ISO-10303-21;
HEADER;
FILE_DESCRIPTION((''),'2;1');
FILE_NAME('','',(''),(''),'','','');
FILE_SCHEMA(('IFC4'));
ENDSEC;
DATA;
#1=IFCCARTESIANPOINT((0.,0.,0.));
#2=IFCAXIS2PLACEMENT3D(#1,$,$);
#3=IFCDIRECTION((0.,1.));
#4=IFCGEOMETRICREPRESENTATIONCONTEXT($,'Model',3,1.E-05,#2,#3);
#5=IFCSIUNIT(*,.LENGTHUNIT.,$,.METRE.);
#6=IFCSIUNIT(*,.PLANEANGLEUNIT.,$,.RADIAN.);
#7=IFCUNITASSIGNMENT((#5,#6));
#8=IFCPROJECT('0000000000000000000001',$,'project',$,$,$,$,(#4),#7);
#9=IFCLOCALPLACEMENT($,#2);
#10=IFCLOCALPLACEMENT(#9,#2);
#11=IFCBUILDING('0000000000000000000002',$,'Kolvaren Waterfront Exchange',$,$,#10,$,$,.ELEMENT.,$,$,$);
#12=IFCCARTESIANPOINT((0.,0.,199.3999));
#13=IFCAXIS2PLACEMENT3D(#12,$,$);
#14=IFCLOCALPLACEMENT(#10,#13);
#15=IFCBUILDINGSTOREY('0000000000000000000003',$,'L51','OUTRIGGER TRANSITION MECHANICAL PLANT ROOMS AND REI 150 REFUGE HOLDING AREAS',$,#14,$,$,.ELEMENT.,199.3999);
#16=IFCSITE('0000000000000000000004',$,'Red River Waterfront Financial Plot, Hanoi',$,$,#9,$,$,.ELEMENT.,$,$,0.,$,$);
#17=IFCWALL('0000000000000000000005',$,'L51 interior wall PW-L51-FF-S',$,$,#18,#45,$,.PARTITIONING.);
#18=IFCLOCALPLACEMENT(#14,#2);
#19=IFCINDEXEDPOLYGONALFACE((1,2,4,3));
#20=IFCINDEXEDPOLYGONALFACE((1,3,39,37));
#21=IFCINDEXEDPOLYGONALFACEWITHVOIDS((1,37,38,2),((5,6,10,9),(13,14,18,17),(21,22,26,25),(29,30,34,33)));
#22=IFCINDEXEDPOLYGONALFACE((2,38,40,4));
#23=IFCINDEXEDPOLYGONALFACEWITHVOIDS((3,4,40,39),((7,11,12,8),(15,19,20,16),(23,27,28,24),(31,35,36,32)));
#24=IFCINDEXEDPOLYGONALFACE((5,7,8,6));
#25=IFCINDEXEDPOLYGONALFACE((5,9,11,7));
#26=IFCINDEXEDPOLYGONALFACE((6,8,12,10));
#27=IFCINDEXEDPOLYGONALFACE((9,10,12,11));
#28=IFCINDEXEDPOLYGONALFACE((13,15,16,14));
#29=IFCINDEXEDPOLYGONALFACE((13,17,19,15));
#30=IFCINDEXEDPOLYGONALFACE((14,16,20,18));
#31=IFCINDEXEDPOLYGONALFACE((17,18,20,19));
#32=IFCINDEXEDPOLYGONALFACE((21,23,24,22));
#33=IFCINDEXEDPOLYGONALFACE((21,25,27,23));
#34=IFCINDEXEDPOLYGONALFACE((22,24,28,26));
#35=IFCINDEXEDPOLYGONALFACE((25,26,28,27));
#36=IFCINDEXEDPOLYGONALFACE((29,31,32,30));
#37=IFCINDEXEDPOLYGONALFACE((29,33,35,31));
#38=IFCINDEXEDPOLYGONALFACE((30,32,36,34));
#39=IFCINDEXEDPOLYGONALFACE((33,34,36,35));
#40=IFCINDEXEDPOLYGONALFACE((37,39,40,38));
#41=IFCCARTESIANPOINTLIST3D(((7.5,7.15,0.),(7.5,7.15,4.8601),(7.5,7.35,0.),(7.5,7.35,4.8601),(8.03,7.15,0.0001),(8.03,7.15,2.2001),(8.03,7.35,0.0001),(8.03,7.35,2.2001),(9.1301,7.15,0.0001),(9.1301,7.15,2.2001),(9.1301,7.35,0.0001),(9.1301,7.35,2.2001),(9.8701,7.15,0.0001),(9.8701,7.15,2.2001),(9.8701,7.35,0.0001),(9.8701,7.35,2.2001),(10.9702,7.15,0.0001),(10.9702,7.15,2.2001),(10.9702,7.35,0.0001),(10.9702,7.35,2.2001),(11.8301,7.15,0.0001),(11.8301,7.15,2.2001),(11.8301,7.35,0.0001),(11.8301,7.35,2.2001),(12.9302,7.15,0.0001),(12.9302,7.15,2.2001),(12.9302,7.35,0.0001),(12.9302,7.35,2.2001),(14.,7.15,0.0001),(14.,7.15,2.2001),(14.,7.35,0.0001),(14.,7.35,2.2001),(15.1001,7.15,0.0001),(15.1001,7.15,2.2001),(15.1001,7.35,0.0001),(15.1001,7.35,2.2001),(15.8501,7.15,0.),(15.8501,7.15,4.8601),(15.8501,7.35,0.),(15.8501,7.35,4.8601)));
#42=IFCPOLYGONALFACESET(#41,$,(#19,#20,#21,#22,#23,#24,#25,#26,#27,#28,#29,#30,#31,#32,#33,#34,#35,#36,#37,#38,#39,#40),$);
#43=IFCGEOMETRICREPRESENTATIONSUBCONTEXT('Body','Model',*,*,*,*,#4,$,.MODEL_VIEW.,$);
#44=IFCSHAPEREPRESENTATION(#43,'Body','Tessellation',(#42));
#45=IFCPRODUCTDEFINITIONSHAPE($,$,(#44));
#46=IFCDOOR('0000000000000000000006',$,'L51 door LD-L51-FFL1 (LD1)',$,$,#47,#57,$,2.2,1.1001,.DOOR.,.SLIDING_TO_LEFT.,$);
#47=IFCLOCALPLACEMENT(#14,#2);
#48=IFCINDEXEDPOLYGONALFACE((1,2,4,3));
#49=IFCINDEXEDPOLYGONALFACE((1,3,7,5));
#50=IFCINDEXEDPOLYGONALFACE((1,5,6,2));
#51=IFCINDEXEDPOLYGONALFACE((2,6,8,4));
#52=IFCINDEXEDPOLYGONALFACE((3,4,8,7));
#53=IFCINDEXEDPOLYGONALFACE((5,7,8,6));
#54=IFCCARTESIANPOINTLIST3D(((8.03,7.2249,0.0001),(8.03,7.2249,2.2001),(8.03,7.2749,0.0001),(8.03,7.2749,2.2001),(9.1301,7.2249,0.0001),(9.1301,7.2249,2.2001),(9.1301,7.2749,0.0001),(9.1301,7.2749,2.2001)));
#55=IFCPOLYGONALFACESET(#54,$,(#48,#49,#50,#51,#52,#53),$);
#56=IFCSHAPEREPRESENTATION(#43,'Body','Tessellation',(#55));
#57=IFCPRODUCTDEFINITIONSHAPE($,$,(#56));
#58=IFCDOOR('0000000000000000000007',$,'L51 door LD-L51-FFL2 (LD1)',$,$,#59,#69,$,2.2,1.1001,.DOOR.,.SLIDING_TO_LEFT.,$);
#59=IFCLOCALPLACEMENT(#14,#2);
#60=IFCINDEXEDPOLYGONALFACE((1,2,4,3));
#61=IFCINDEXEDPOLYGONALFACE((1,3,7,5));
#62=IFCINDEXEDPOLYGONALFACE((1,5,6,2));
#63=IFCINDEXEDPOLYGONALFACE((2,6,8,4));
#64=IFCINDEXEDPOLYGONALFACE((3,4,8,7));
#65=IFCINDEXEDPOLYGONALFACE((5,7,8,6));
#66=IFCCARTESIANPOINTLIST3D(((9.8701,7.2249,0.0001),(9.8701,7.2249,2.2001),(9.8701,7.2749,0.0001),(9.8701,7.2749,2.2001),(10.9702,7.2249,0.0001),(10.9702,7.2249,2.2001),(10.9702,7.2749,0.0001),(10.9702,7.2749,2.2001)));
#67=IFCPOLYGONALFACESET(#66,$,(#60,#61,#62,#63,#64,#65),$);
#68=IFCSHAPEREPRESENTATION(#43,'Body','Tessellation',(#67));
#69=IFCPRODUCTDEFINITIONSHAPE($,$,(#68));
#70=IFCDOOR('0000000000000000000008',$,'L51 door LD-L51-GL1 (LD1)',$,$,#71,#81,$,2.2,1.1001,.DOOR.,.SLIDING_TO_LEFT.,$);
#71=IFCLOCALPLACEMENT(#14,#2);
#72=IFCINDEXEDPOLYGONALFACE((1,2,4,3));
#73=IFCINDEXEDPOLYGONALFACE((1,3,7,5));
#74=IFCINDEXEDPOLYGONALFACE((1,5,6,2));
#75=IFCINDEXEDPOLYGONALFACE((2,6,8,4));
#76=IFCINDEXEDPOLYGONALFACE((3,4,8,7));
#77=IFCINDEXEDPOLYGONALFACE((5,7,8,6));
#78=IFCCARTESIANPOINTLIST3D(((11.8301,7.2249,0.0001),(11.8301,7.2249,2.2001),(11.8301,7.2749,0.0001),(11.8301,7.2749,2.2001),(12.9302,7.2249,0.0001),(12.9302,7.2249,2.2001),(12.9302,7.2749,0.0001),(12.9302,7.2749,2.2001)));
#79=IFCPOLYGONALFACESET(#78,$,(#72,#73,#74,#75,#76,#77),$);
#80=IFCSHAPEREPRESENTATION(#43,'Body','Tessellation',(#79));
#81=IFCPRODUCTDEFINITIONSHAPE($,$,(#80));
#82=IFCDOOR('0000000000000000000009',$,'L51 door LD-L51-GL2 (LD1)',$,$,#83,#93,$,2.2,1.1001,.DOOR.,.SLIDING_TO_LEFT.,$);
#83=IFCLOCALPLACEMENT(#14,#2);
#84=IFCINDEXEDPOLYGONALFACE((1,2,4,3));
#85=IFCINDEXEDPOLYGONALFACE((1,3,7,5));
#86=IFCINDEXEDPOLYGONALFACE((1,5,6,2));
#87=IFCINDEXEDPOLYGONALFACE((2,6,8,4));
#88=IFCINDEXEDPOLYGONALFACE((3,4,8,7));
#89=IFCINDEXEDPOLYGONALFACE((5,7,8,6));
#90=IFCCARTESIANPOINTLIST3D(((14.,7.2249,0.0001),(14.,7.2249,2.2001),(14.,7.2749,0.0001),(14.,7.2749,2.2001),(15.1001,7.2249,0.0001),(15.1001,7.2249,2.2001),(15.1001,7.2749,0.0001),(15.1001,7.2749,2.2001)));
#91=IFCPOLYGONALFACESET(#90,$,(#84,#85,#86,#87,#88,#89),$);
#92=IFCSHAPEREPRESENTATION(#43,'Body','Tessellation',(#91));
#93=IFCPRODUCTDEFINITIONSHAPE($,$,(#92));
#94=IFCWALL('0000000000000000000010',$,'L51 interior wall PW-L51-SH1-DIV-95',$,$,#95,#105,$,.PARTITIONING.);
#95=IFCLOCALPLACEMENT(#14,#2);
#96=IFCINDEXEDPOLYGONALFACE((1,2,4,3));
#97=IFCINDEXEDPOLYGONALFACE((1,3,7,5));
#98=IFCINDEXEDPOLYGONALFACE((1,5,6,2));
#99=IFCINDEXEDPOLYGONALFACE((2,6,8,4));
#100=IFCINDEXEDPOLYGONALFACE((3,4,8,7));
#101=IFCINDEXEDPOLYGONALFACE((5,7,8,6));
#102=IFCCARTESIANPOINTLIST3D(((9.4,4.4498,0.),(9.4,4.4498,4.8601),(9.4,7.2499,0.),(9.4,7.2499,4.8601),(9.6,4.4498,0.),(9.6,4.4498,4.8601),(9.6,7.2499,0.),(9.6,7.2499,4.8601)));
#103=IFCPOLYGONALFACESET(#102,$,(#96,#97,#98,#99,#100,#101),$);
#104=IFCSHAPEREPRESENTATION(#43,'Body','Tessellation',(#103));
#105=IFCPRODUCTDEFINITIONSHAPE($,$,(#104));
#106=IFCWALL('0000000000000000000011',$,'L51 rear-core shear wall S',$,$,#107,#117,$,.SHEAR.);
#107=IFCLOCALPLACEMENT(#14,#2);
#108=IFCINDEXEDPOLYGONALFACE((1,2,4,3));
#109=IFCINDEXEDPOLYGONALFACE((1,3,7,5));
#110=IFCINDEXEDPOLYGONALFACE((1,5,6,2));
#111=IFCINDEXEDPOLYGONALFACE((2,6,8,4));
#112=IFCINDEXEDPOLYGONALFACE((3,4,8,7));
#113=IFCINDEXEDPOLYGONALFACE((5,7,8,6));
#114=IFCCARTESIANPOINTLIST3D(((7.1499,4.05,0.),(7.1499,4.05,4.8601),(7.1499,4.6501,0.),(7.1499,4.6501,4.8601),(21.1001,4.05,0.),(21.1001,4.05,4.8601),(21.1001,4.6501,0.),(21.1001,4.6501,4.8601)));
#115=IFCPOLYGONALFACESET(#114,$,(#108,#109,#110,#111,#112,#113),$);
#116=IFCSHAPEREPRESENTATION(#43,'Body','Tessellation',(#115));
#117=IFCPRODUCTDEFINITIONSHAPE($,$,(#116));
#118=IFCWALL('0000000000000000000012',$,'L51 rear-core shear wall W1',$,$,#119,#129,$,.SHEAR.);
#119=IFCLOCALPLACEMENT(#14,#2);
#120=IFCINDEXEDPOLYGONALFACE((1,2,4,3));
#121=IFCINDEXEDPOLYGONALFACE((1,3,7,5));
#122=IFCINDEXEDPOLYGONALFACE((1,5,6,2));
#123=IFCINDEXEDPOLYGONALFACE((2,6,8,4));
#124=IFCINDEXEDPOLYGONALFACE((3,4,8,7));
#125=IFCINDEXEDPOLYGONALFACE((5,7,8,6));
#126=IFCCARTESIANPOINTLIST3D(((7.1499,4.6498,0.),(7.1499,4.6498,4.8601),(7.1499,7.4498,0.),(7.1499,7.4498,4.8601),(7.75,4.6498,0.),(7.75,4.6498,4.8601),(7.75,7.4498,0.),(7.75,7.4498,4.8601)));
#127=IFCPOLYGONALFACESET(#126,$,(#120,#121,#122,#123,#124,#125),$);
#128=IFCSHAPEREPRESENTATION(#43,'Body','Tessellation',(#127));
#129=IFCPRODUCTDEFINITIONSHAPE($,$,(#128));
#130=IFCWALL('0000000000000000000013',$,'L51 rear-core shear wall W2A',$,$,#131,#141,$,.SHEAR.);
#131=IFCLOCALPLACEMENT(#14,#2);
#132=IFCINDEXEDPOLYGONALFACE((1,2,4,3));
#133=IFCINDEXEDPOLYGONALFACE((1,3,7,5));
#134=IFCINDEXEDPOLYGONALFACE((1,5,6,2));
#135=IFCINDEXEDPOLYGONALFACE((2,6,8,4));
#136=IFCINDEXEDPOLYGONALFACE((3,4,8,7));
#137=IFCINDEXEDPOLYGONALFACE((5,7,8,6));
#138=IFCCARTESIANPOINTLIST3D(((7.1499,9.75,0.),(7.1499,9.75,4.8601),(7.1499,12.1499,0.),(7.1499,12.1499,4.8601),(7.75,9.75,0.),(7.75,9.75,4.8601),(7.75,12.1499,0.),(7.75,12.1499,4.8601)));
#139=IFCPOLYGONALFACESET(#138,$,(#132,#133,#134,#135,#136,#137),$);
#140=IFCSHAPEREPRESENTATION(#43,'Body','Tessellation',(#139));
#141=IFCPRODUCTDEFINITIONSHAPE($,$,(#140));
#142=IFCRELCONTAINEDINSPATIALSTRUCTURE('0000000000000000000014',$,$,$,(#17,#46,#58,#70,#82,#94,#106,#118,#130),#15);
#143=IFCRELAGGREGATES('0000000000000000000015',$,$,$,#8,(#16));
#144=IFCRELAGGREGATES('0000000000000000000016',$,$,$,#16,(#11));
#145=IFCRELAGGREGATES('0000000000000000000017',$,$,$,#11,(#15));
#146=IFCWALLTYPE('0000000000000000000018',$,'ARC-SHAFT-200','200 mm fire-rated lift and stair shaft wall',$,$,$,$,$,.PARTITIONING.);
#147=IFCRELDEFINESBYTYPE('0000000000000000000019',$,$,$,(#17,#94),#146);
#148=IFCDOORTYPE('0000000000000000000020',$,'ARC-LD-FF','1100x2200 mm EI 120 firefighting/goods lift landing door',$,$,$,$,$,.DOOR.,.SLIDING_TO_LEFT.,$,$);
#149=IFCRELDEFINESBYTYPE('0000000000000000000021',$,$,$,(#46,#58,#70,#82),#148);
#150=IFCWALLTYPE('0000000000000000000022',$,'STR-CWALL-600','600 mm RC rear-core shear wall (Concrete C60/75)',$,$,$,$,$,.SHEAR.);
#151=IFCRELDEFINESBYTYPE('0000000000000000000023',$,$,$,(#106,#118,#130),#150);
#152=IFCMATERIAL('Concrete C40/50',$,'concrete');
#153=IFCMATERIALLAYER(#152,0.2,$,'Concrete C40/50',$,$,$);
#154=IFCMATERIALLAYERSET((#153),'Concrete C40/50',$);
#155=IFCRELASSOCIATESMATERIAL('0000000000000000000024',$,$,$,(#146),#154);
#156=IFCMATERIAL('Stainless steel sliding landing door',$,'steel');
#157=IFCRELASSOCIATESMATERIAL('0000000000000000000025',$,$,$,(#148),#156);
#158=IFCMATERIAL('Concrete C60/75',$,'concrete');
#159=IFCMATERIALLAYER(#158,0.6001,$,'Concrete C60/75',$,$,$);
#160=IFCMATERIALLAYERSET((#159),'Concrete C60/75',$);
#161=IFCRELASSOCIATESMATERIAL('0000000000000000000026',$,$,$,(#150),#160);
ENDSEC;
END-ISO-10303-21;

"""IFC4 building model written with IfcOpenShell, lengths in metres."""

from ifc_helpers import new_model, si_unit, direction, frame, frame_2d, origin, place, context, subcontext, project, spatial, rectangle, extrude, material, layer, layer_set, type_object, element, fill, save


model = new_model("IFC4")

# Units and contexts
model_context = context("Model", 3, precision=1e-05, world=origin(), true_north=direction((0.0, 1.0)))
body_context = subcontext(model_context, "Body", "Model", "MODEL_VIEW")
ifc_project = project(units=[si_unit("LENGTHUNIT", "METRE"), si_unit("PLANEANGLEUNIT", "RADIAN")], contexts=[model_context])

# Site, building, storey
site_placement = place(None, origin())
site = spatial("IfcSite", under=ifc_project, at=site_placement, Name="Red River Waterfront Financial Plot, Hanoi", CompositionType="ELEMENT", RefElevation=0.0)
building_placement = place(site_placement, origin())
building = spatial("IfcBuilding", under=site, at=building_placement, Name="Kolvaren Waterfront Exchange", CompositionType="ELEMENT")
storey_placement = place(building_placement, frame((0.0, 0.0, 199.3999)))
storey = spatial("IfcBuildingStorey", under=building, at=storey_placement, Name="L51", Description="OUTRIGGER TRANSITION MECHANICAL PLANT ROOMS AND REI 150 REFUGE HOLDING AREAS", CompositionType="ELEMENT", Elevation=199.3999)

# Shared definitions
ifc_material_1 = material(Name="Concrete C60/75", Category="concrete")

# Shared definitions
ifc_material_2 = material(Name="Concrete C40/50", Category="concrete")

# Wall, openings, doors
ifc_layer_1 = layer(ifc_material_2, 0.2, Name="Concrete C40/50")
ifc_layer_set_1 = layer_set([ifc_layer_1], Name="Concrete C40/50")
wall_type_1 = type_object("IfcWallType", Name="ARC-SHAFT-200", Description="200 mm fire-rated lift and stair shaft wall", PredefinedType="PARTITIONING", material=ifc_layer_set_1)
wall_1_placement = place(storey_placement, frame((7.5, 7.25, 0.0), z_axis=(0.0, 0.0, 1.0), x_axis=(1.0, 0.0, 0.0)))
wall_1 = element("IfcWall", 1, at=wall_1_placement, inside=storey, type_object=wall_type_1, Name="L51 interior wall PW-L51-FF-S", PredefinedType="PARTITIONING", context=body_context, shape_type="SweptSolid", body=[
    extrude(rectangle(XDim=8.3501, YDim=0.2, at=frame_2d((4.175, 0.0))), origin(), (0.0, 0.0, 1.0), 4.8601),
])
opening_1_placement = place(wall_1_placement, frame((0.53, 0.0, 0.0)))
opening_1 = element("IfcOpeningElement", 2, at=opening_1_placement, cuts=wall_1, PredefinedType="OPENING", context=body_context, shape_type="SweptSolid", body=[
    extrude(rectangle(XDim=1.1001, YDim=2.2, at=frame_2d((0.55, 1.1001))), frame((0.0, 0.1099, 0.0), z_axis=(0.0, -1.0, 0.0), x_axis=(1.0, 0.0, 0.0)), (0.0, 0.0, 1.0), 0.22),
])
opening_2_placement = place(wall_1_placement, frame((2.3701, 0.0, 0.0)))
opening_2 = element("IfcOpeningElement", 3, at=opening_2_placement, cuts=wall_1, PredefinedType="OPENING", context=body_context, shape_type="SweptSolid", body=[
    extrude(rectangle(XDim=1.1001, YDim=2.2, at=frame_2d((0.55, 1.1001))), frame((0.0, 0.1099, 0.0), z_axis=(0.0, -1.0, 0.0), x_axis=(1.0, 0.0, 0.0)), (0.0, 0.0, 1.0), 0.22),
])
opening_3_placement = place(wall_1_placement, frame((4.3301, 0.0, 0.0)))
opening_3 = element("IfcOpeningElement", 4, at=opening_3_placement, cuts=wall_1, PredefinedType="OPENING", context=body_context, shape_type="SweptSolid", body=[
    extrude(rectangle(XDim=1.1001, YDim=2.2, at=frame_2d((0.55, 1.1001))), frame((0.0, 0.1099, 0.0), z_axis=(0.0, -1.0, 0.0), x_axis=(1.0, 0.0, 0.0)), (0.0, 0.0, 1.0), 0.22),
])
opening_4_placement = place(wall_1_placement, frame((6.5, 0.0, 0.0)))
opening_4 = element("IfcOpeningElement", 5, at=opening_4_placement, cuts=wall_1, PredefinedType="OPENING", context=body_context, shape_type="SweptSolid", body=[
    extrude(rectangle(XDim=1.1001, YDim=2.2, at=frame_2d((0.55, 1.1001))), frame((0.0, 0.1099, 0.0), z_axis=(0.0, -1.0, 0.0), x_axis=(1.0, 0.0, 0.0)), (0.0, 0.0, 1.0), 0.22),
])
ifc_material_3 = material(Name="Stainless steel sliding landing door", Category="steel")
door_type_1 = type_object("IfcDoorType", Name="ARC-LD-FF", Description="1100x2200 mm EI 120 firefighting/goods lift landing door", OperationType="SLIDING_TO_LEFT", PredefinedType="DOOR", material=ifc_material_3)
door_1_placement = place(opening_1_placement, origin())
door_1 = element("IfcDoor", 6, at=door_1_placement, inside=storey, type_object=door_type_1, Name="L51 door LD-L51-FFL1 (LD1)", OperationType="SLIDING_TO_LEFT", OverallHeight=2.2, OverallWidth=1.1001, PredefinedType="DOOR", context=body_context, shape_type="SweptSolid", body=[
    extrude(rectangle(XDim=1.1001, YDim=2.2, at=frame_2d((0.55, 1.1001))), frame((0.0, 0.0249, 0.0), z_axis=(0.0, -1.0, 0.0), x_axis=(1.0, 0.0, 0.0)), (0.0, 0.0, 1.0), 0.05),
])
fill(opening_1, door_1)
door_2_placement = place(opening_2_placement, origin())
door_2 = element("IfcDoor", 7, at=door_2_placement, inside=storey, type_object=door_type_1, Name="L51 door LD-L51-FFL2 (LD1)", OperationType="SLIDING_TO_LEFT", OverallHeight=2.2, OverallWidth=1.1001, PredefinedType="DOOR", context=body_context, shape_type="SweptSolid", body=[
    extrude(rectangle(XDim=1.1001, YDim=2.2, at=frame_2d((0.55, 1.1001))), frame((0.0, 0.0249, 0.0), z_axis=(0.0, -1.0, 0.0), x_axis=(1.0, 0.0, 0.0)), (0.0, 0.0, 1.0), 0.05),
])
fill(opening_2, door_2)
door_3_placement = place(opening_3_placement, origin())
door_3 = element("IfcDoor", 8, at=door_3_placement, inside=storey, type_object=door_type_1, Name="L51 door LD-L51-GL1 (LD1)", OperationType="SLIDING_TO_LEFT", OverallHeight=2.2, OverallWidth=1.1001, PredefinedType="DOOR", context=body_context, shape_type="SweptSolid", body=[
    extrude(rectangle(XDim=1.1001, YDim=2.2, at=frame_2d((0.55, 1.1001))), frame((0.0, 0.0249, 0.0), z_axis=(0.0, -1.0, 0.0), x_axis=(1.0, 0.0, 0.0)), (0.0, 0.0, 1.0), 0.05),
])
fill(opening_3, door_3)
door_4_placement = place(opening_4_placement, origin())
door_4 = element("IfcDoor", 9, at=door_4_placement, inside=storey, type_object=door_type_1, Name="L51 door LD-L51-GL2 (LD1)", OperationType="SLIDING_TO_LEFT", OverallHeight=2.2, OverallWidth=1.1001, PredefinedType="DOOR", context=body_context, shape_type="SweptSolid", body=[
    extrude(rectangle(XDim=1.1001, YDim=2.2, at=frame_2d((0.55, 1.1001))), frame((0.0, 0.0249, 0.0), z_axis=(0.0, -1.0, 0.0), x_axis=(1.0, 0.0, 0.0)), (0.0, 0.0, 1.0), 0.05),
])
fill(opening_4, door_4)

# Walls
wall_2_placement = place(storey_placement, frame((9.5, 4.45, 0.0), z_axis=(0.0, 0.0, 1.0), x_axis=(0.0, 1.0, 0.0)))
element("IfcWall", 10, at=wall_2_placement, inside=storey, type_object=wall_type_1, Name="L51 interior wall PW-L51-SH1-DIV-95", PredefinedType="PARTITIONING", context=body_context, shape_type="SweptSolid", body=[
    extrude(rectangle(XDim=2.8, YDim=0.2, at=frame_2d((1.3999, 0.0))), origin(), (0.0, 0.0, 1.0), 4.8601),
])
ifc_layer_2 = layer(ifc_material_1, 0.6001, Name="Concrete C60/75")
ifc_layer_set_2 = layer_set([ifc_layer_2], Name="Concrete C60/75")
wall_type_2 = type_object("IfcWallType", Name="STR-CWALL-600", Description="600 mm RC rear-core shear wall (Concrete C60/75)", PredefinedType="SHEAR", material=ifc_layer_set_2)
wall_3_placement = place(storey_placement, frame((7.1499, 4.3501, 0.0), z_axis=(0.0, 0.0, 1.0), x_axis=(1.0, 0.0, 0.0)))
element("IfcWall", 11, at=wall_3_placement, inside=storey, type_object=wall_type_2, Name="L51 rear-core shear wall S", PredefinedType="SHEAR", context=body_context, shape_type="SweptSolid", body=[
    extrude(rectangle(XDim=13.9502, YDim=0.6001, at=frame_2d((6.9751, 0.0))), origin(), (0.0, 0.0, 1.0), 4.8601),
])
wall_4_placement = place(storey_placement, frame((7.45, 4.6499, 0.0), z_axis=(0.0, 0.0, 1.0), x_axis=(0.0, 1.0, 0.0)))
element("IfcWall", 12, at=wall_4_placement, inside=storey, type_object=wall_type_2, Name="L51 rear-core shear wall W1", PredefinedType="SHEAR", context=body_context, shape_type="SweptSolid", body=[
    extrude(rectangle(XDim=2.8, YDim=0.6001, at=frame_2d((1.3999, 0.0))), origin(), (0.0, 0.0, 1.0), 4.8601),
])
wall_5_placement = place(storey_placement, frame((7.45, 9.75, 0.0), z_axis=(0.0, 0.0, 1.0), x_axis=(0.0, 1.0, 0.0)))
element("IfcWall", 13, at=wall_5_placement, inside=storey, type_object=wall_type_2, Name="L51 rear-core shear wall W2A", PredefinedType="SHEAR", context=body_context, shape_type="SweptSolid", body=[
    extrude(rectangle(XDim=2.3999, YDim=0.6001, at=frame_2d((1.2, 0.0))), origin(), (0.0, 0.0, 1.0), 4.8601),
])

save(model, "model.ifc")
